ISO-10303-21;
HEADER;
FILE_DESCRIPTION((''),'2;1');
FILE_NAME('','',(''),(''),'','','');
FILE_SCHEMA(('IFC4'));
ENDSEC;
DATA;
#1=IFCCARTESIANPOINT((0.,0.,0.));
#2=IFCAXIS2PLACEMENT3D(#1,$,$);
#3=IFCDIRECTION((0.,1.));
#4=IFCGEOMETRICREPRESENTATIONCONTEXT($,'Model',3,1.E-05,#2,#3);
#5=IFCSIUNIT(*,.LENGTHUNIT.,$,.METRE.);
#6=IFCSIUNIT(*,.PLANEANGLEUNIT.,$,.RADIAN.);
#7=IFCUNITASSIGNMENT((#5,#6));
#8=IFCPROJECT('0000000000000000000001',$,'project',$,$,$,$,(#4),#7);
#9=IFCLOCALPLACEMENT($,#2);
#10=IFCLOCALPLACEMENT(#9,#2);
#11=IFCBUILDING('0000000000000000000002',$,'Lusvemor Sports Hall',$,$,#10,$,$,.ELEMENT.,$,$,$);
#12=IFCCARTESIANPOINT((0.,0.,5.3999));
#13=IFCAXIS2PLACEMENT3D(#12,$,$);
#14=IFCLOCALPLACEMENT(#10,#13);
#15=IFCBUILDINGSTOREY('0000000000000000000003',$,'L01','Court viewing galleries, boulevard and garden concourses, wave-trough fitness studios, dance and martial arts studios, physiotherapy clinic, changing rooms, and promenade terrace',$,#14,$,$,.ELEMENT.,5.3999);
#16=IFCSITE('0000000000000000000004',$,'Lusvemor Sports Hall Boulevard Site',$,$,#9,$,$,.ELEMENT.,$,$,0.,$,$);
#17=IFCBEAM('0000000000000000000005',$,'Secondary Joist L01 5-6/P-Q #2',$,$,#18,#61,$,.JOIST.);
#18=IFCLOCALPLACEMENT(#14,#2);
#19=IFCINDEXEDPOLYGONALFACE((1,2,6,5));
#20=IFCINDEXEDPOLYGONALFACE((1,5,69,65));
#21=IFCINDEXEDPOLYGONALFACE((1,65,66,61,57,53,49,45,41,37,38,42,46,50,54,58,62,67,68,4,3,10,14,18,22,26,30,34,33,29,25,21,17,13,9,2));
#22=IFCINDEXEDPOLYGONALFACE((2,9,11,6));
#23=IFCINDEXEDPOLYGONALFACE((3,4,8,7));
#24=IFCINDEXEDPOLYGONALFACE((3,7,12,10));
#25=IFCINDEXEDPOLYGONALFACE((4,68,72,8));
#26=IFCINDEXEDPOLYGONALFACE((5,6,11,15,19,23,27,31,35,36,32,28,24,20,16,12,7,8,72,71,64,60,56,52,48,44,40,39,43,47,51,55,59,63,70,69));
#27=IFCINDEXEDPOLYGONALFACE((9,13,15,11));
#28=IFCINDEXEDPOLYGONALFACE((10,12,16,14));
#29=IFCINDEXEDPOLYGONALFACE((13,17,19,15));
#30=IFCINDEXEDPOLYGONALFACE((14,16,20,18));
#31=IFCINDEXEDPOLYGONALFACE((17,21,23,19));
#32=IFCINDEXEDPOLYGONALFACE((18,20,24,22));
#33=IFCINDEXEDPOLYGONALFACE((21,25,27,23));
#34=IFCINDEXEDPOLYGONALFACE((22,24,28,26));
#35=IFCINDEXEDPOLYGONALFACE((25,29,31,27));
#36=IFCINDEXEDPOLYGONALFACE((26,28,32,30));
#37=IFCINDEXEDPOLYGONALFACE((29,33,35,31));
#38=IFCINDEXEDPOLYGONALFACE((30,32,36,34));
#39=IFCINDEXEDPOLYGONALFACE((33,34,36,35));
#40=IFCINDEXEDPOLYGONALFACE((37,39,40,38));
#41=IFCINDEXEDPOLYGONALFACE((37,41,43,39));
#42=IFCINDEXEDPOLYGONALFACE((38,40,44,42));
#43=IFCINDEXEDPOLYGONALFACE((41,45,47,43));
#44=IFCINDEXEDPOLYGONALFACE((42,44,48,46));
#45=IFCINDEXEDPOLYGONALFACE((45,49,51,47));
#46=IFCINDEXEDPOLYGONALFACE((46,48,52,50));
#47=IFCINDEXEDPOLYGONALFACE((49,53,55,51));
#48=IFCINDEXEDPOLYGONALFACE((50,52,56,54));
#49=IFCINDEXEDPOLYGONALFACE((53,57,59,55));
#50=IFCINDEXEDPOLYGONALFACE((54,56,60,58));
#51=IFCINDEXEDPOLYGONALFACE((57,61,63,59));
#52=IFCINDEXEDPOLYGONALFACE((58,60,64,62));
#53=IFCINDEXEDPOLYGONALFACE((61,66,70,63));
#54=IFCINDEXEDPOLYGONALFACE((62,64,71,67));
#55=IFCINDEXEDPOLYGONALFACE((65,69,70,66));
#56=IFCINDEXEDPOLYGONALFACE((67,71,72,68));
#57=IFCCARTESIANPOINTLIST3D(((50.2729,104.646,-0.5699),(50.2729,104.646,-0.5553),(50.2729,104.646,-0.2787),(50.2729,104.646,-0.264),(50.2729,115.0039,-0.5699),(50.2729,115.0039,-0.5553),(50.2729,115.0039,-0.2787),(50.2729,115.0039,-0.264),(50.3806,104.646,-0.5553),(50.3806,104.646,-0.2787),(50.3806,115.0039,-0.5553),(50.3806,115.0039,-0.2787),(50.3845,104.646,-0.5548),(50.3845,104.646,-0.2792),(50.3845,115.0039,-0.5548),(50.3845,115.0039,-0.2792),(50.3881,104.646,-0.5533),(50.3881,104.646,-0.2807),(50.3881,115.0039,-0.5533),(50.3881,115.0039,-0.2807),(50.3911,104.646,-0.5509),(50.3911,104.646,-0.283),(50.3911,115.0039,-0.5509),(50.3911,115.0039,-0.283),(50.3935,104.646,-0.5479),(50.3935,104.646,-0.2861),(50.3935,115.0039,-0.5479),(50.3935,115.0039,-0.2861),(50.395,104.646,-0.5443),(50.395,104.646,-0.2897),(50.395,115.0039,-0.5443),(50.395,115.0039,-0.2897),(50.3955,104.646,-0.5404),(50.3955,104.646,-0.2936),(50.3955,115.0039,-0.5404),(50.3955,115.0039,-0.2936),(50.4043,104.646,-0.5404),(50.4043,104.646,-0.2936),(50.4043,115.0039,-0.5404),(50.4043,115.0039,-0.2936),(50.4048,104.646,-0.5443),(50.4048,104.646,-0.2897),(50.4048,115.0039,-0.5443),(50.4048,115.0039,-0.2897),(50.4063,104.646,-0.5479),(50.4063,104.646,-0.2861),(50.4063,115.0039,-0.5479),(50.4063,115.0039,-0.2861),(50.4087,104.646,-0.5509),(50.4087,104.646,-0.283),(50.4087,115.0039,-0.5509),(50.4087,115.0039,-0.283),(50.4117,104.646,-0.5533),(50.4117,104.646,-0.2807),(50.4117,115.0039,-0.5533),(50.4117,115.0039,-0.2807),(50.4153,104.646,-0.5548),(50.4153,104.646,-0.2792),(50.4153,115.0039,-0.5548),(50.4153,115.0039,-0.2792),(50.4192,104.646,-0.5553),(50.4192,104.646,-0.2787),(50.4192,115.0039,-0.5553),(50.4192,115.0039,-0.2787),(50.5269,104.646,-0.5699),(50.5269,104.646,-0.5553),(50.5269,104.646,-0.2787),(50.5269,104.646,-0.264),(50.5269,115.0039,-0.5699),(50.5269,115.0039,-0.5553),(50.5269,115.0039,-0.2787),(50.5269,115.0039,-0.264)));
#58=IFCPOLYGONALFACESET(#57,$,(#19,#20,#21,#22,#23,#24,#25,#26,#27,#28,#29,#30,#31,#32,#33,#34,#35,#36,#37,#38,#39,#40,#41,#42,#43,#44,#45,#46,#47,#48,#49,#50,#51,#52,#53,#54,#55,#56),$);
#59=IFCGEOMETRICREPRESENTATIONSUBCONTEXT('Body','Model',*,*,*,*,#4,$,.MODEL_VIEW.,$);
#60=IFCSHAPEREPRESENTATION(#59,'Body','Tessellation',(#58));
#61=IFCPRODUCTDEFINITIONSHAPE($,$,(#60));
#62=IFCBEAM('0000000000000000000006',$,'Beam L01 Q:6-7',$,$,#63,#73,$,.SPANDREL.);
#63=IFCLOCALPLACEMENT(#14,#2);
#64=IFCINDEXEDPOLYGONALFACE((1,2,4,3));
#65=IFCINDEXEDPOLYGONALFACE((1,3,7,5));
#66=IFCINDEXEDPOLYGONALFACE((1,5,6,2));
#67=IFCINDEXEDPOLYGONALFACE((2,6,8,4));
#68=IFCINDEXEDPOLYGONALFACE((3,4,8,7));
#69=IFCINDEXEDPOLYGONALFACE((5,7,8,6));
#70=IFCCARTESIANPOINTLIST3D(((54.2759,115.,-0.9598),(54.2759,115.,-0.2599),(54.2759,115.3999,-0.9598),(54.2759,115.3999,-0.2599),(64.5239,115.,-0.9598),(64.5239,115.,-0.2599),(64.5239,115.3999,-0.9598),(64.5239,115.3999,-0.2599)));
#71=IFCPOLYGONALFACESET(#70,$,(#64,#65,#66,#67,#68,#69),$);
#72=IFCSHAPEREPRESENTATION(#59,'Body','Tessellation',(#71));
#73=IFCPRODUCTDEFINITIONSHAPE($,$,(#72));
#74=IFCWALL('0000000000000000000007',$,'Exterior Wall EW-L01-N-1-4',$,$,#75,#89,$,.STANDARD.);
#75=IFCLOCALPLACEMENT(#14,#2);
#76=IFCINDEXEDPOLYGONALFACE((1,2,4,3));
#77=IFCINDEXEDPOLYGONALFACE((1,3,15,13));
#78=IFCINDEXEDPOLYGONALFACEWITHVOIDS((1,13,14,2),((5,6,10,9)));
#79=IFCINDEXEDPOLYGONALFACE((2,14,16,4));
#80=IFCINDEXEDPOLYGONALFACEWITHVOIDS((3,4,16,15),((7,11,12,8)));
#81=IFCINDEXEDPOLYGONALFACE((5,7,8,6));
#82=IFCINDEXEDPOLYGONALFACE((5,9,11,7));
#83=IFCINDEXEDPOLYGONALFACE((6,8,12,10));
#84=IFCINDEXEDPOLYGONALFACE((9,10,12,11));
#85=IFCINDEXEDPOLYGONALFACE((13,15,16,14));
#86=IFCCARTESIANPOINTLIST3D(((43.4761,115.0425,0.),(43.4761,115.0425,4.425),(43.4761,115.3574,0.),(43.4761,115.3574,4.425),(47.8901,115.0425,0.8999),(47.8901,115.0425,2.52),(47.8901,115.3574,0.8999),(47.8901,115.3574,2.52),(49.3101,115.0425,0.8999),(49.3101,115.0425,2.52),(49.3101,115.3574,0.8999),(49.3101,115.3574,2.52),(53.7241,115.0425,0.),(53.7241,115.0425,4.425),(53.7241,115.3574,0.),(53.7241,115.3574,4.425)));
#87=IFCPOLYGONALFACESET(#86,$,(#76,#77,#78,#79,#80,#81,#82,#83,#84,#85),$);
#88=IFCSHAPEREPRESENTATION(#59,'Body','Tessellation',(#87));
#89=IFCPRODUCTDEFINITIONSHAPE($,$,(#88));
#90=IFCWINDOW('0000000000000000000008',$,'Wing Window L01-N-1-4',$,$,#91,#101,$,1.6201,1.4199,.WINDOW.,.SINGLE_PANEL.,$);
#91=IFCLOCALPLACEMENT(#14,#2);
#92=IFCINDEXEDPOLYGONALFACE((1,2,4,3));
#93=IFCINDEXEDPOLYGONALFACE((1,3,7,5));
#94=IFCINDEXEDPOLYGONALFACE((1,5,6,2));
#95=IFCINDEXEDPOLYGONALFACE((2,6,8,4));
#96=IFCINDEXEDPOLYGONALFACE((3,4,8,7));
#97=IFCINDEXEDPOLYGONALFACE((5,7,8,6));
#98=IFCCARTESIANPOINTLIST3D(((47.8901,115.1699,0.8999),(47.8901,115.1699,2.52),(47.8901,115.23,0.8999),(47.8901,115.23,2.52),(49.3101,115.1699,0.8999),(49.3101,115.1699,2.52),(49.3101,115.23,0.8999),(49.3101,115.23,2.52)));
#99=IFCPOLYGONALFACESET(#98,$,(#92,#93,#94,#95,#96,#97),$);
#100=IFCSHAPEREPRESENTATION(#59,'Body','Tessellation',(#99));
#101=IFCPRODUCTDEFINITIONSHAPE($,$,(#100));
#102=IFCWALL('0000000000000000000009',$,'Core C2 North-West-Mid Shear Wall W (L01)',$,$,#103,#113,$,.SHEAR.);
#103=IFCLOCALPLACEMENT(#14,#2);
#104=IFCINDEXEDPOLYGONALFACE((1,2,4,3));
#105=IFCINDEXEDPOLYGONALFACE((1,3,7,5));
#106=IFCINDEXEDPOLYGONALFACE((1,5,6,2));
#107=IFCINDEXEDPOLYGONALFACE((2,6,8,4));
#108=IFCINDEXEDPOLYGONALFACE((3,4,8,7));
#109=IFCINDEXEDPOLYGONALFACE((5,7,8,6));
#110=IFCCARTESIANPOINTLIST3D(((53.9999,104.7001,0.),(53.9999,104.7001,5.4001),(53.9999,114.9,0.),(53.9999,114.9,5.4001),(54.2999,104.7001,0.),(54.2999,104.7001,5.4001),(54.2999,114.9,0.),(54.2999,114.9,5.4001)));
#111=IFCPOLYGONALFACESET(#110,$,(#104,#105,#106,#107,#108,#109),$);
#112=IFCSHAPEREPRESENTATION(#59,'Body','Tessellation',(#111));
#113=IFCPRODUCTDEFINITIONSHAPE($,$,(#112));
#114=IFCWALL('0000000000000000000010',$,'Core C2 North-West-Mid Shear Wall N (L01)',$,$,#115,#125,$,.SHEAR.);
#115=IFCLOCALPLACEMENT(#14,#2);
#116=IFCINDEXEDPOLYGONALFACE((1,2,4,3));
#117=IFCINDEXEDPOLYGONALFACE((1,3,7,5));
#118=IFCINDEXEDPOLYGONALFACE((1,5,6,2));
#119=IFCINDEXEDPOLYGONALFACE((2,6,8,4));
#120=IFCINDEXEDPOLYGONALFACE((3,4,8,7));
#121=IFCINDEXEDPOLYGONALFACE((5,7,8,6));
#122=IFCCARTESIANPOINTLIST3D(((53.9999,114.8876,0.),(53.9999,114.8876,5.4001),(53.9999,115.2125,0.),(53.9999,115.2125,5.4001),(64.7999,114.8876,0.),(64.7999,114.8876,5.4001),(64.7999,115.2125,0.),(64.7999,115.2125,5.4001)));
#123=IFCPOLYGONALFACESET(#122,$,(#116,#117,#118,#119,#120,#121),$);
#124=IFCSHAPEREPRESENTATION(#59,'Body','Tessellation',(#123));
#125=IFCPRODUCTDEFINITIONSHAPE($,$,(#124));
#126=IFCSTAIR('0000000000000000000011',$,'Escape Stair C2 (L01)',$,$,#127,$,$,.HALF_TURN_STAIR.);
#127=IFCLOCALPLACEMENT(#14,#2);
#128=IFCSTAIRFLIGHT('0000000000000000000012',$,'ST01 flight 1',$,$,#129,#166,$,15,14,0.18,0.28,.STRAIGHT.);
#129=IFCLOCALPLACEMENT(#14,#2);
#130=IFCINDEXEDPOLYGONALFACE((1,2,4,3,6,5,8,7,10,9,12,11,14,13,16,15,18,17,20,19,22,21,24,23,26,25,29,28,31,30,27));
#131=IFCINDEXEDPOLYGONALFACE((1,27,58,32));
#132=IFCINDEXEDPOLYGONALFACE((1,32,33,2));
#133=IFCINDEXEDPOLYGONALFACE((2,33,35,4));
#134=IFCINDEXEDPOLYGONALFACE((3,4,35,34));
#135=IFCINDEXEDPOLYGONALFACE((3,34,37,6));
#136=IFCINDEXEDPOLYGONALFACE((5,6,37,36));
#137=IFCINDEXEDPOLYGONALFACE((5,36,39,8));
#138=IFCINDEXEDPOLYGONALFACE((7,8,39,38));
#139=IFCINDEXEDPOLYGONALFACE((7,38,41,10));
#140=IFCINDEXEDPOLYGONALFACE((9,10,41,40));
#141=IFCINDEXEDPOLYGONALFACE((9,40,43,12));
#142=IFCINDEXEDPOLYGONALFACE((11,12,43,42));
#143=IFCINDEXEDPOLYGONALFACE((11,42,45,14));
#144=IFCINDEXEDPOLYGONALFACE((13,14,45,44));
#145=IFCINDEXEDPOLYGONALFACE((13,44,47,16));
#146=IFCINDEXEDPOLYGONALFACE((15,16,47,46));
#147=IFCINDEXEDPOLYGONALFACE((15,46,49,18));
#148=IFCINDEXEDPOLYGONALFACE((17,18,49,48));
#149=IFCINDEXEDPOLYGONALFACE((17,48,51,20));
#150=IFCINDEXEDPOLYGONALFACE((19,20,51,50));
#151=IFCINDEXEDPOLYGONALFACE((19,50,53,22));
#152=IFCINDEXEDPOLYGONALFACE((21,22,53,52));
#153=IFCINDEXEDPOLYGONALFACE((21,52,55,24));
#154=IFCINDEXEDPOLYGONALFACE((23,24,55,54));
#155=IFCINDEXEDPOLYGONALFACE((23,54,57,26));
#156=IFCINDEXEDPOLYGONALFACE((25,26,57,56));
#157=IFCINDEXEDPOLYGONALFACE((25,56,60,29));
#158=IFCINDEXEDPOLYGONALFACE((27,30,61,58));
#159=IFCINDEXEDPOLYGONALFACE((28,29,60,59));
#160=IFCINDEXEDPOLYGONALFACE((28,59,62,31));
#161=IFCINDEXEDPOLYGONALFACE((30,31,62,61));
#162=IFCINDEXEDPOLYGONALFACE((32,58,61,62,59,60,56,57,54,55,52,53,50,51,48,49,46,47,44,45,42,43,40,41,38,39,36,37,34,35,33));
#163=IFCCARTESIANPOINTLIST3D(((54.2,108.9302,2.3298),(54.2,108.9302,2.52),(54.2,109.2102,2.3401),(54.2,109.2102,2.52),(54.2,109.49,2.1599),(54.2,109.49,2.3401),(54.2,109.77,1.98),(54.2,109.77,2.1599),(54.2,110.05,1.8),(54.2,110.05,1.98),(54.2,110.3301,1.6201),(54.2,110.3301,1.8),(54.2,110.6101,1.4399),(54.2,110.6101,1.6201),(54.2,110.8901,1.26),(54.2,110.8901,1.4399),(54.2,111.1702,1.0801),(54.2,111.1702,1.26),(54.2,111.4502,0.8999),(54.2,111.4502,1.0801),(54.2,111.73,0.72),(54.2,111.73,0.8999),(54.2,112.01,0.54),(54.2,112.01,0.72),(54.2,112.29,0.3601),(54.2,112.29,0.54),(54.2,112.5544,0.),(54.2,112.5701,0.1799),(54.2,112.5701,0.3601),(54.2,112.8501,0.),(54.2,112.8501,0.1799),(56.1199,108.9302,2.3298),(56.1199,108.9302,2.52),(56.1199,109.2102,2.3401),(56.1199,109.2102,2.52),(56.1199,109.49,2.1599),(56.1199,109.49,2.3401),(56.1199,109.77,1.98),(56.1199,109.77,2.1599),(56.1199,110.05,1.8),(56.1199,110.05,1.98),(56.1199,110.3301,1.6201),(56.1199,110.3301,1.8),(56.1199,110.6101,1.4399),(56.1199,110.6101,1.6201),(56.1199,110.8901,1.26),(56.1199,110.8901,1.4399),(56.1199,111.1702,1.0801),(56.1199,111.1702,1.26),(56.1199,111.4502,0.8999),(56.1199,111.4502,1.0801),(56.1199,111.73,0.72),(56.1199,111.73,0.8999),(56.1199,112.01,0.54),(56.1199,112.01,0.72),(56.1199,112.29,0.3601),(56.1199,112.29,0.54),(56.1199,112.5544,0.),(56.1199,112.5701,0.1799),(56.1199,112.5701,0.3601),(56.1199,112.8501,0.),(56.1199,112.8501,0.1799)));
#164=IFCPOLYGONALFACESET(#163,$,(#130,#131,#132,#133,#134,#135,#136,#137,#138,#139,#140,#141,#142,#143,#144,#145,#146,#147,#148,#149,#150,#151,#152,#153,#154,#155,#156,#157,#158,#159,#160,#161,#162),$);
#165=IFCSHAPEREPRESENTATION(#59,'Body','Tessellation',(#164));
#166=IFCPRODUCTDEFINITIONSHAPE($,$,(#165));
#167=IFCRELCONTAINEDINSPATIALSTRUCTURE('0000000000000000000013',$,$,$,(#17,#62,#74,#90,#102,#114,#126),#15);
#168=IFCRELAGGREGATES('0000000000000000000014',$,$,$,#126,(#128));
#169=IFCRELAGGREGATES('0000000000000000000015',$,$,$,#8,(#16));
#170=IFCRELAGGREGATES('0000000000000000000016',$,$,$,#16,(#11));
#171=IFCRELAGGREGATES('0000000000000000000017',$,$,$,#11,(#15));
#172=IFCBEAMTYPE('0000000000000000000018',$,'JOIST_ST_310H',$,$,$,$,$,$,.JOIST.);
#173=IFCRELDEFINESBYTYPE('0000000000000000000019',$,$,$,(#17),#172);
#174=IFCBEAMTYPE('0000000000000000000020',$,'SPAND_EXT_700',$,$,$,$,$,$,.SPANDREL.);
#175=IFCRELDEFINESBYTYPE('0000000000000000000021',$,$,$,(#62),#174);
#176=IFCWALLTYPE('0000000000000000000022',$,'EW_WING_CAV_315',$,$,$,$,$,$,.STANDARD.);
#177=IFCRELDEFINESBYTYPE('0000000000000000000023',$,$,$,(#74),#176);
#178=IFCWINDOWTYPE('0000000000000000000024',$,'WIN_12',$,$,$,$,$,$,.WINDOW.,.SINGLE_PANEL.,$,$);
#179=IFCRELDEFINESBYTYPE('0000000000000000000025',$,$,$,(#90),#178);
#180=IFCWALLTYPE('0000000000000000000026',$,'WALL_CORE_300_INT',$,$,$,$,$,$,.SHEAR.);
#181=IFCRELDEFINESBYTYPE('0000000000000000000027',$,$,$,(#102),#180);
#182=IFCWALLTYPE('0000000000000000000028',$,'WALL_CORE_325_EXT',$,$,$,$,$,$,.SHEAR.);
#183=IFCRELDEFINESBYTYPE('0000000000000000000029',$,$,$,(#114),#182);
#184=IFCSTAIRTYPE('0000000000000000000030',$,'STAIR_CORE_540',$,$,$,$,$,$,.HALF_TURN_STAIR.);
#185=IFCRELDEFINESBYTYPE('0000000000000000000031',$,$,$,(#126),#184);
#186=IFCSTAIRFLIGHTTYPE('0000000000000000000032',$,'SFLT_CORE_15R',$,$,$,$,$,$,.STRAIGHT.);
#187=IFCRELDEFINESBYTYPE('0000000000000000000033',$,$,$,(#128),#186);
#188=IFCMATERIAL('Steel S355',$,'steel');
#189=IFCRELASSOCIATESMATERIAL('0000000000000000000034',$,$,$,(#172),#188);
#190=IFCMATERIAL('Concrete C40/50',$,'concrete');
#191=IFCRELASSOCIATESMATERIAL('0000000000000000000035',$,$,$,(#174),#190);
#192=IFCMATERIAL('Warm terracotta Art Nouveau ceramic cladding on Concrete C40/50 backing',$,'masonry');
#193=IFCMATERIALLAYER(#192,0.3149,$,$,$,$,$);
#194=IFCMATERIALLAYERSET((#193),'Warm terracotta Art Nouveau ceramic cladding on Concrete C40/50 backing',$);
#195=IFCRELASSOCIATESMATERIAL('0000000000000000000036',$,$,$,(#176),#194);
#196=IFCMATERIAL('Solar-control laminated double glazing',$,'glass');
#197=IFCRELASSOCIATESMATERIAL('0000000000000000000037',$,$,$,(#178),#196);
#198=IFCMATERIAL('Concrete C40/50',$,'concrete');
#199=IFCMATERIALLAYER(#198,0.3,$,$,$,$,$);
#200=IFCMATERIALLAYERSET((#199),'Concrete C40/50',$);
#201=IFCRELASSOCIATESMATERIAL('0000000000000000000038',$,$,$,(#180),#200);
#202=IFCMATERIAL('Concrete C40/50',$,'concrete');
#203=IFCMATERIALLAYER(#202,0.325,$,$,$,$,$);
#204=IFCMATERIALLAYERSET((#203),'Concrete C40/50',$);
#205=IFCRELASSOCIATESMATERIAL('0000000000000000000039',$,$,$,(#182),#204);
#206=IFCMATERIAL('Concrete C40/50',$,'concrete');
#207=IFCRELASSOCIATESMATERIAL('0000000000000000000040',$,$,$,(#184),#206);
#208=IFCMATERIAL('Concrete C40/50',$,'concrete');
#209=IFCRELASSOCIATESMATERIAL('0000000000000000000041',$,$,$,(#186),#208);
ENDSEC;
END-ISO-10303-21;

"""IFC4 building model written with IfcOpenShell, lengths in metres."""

from ifc_helpers import new_model, si_unit, direction, frame, frame_2d, origin, origin_2d, place, context, subcontext, project, spatial, polyline, rectangle, i_section, outline, extrude, material, layer, layer_set, material_profile, profile_set, type_object, element, fill, aggregate, save


model = new_model("IFC4")

# Units and contexts
model_context = context("Model", 3, precision=1e-05, world=origin(), true_north=direction((0.0, 1.0)))
body_context = subcontext(model_context, "Body", "Model", "MODEL_VIEW")
ifc_project = project(units=[si_unit("LENGTHUNIT", "METRE"), si_unit("PLANEANGLEUNIT", "RADIAN")], contexts=[model_context])

# Site, building, storey
site_placement = place(None, origin())
site = spatial("IfcSite", under=ifc_project, at=site_placement, Name="Lusvemor Sports Hall Boulevard Site", CompositionType="ELEMENT", RefElevation=0.0)
building_placement = place(site_placement, origin())
building = spatial("IfcBuilding", under=site, at=building_placement, Name="Lusvemor Sports Hall", CompositionType="ELEMENT")
storey_placement = place(building_placement, frame((0.0, 0.0, 5.3999)))
storey = spatial("IfcBuildingStorey", under=building, at=storey_placement, Name="L01", Description="Court viewing galleries, boulevard and garden concourses, wave-trough fitness studios, dance and martial arts studios, physiotherapy clinic, changing rooms, and promenade terrace", CompositionType="ELEMENT", Elevation=5.3999)

# Beams
ifc_material_1 = material(Name="Steel S355", Category="steel")
ifc_material_profile_1 = material_profile(ifc_material_1, i_section(OverallWidth=0.2539, OverallDepth=0.3059, WebThickness=0.0088, FlangeThickness=0.0146, FilletRadius=0.0149, at=origin_2d()), Name="W310x79.0")
ifc_profile_set_1 = profile_set([ifc_material_profile_1], Name="Steel S355")
beam_type_1 = type_object("IfcBeamType", Name="JOIST_ST_310H", PredefinedType="JOIST", material=ifc_profile_set_1)
for number, where, z_axis, x_axis, name in (
    (1, (50.3999, 104.646, -0.417), (0.0, 1.0, 0.0), (-1.0, 0.0, 0.0), "Secondary Joist L01 5-6/P-Q #2"),
):
    element("IfcBeam", number, at=place(storey_placement, frame(where, z_axis=z_axis, x_axis=x_axis)), inside=storey, type_object=beam_type_1, Name=name, PredefinedType="JOIST", context=body_context, shape_type="SweptSolid", body=[
        extrude(i_section(OverallWidth=0.2539, OverallDepth=0.3059, WebThickness=0.0088, FlangeThickness=0.0146, FilletRadius=0.0149, at=origin_2d()), origin(), (0.0, 0.0, 1.0), 10.3579),
    ])
ifc_material_2 = material(Name="Concrete C40/50", Category="concrete")
ifc_material_profile_2 = material_profile(ifc_material_2, rectangle(XDim=0.3999, YDim=0.7, at=origin_2d()), Name="RC400x700")
ifc_profile_set_2 = profile_set([ifc_material_profile_2], Name="Concrete C40/50")
beam_type_2 = type_object("IfcBeamType", Name="SPAND_EXT_700", PredefinedType="SPANDREL", material=ifc_profile_set_2)
beam_1_placement = place(storey_placement, frame((54.2759, 115.2, -0.6099), z_axis=(1.0, 0.0, 0.0), x_axis=(0.0, 1.0, 0.0)))
element("IfcBeam", 2, at=beam_1_placement, inside=storey, type_object=beam_type_2, Name="Beam L01 Q:6-7", PredefinedType="SPANDREL", context=body_context, shape_type="SweptSolid", body=[
    extrude(rectangle(XDim=0.3999, YDim=0.7, at=origin_2d()), origin(), (0.0, 0.0, 1.0), 10.248),
])

# Wall, opening, window
ifc_material_3 = material(Name="Warm terracotta Art Nouveau ceramic cladding on Concrete C40/50 backing", Category="masonry")
ifc_layer_1 = layer(ifc_material_3, 0.3149)
ifc_layer_set_1 = layer_set([ifc_layer_1], Name="Warm terracotta Art Nouveau ceramic cladding on Concrete C40/50 backing")
wall_type_1 = type_object("IfcWallType", Name="EW_WING_CAV_315", PredefinedType="STANDARD", material=ifc_layer_set_1)
wall_1_placement = place(storey_placement, frame((43.4761, 115.2, 0.0), z_axis=(0.0, 0.0, 1.0), x_axis=(1.0, 0.0, 0.0)))
wall_1 = element("IfcWall", 3, at=wall_1_placement, inside=storey, type_object=wall_type_1, Name="Exterior Wall EW-L01-N-1-4", PredefinedType="STANDARD", context=body_context, shape_type="SweptSolid", body=[
    extrude(rectangle(XDim=10.248, YDim=0.3149, at=frame_2d((5.124, 0.0))), origin(), (0.0, 0.0, 1.0), 4.425),
])
opening_placement = place(wall_1_placement, frame((4.4141, 0.0, 0.8999)))
opening = element("IfcOpeningElement", 4, at=opening_placement, cuts=wall_1, PredefinedType="OPENING", context=body_context, shape_type="SweptSolid", body=[
    extrude(rectangle(XDim=1.4199, YDim=1.6201, at=frame_2d((0.71, 0.8101))), frame((0.0, 0.1575, 0.0), z_axis=(0.0, -1.0, 0.0), x_axis=(1.0, 0.0, 0.0)), (0.0, 0.0, 1.0), 0.3149),
])
ifc_material_4 = material(Name="Solar-control laminated double glazing", Category="glass")
window_type = type_object("IfcWindowType", Name="WIN_12", PartitioningType="SINGLE_PANEL", PredefinedType="WINDOW", material=ifc_material_4)
window_placement = place(opening_placement, origin())
window = element("IfcWindow", 5, at=window_placement, inside=storey, type_object=window_type, Name="Wing Window L01-N-1-4", OverallHeight=1.6201, OverallWidth=1.4199, PartitioningType="SINGLE_PANEL", PredefinedType="WINDOW", context=body_context, shape_type="SweptSolid", body=[
    extrude(rectangle(XDim=1.4199, YDim=1.6201, at=frame_2d((0.71, 0.8101))), frame((0.0, 0.03, 0.0), z_axis=(0.0, -1.0, 0.0), x_axis=(1.0, 0.0, 0.0)), (0.0, 0.0, 1.0), 0.0601),
])
fill(opening, window)

# Walls
ifc_material_5 = material(Name="Concrete C40/50", Category="concrete")
ifc_layer_2 = layer(ifc_material_5, 0.3)
ifc_layer_set_2 = layer_set([ifc_layer_2], Name="Concrete C40/50")
wall_type_2 = type_object("IfcWallType", Name="WALL_CORE_300_INT", PredefinedType="SHEAR", material=ifc_layer_set_2)
wall_2_placement = place(storey_placement, frame((54.1499, 104.7, 0.0), z_axis=(0.0, 0.0, 1.0), x_axis=(0.0, 1.0, 0.0)))
element("IfcWall", 6, at=wall_2_placement, inside=storey, type_object=wall_type_2, Name="Core C2 North-West-Mid Shear Wall W (L01)", PredefinedType="SHEAR", context=body_context, shape_type="SweptSolid", body=[
    extrude(rectangle(XDim=10.2, YDim=0.3, at=frame_2d((5.1001, 0.0))), origin(), (0.0, 0.0, 1.0), 5.4001),
])
ifc_material_6 = material(Name="Concrete C40/50", Category="concrete")
ifc_layer_3 = layer(ifc_material_6, 0.325)
ifc_layer_set_3 = layer_set([ifc_layer_3], Name="Concrete C40/50")
wall_type_3 = type_object("IfcWallType", Name="WALL_CORE_325_EXT", PredefinedType="SHEAR", material=ifc_layer_set_3)
wall_3_placement = place(storey_placement, frame((54.0, 115.05, 0.0), z_axis=(0.0, 0.0, 1.0), x_axis=(1.0, 0.0, 0.0)))
element("IfcWall", 7, at=wall_3_placement, inside=storey, type_object=wall_type_3, Name="Core C2 North-West-Mid Shear Wall N (L01)", PredefinedType="SHEAR", context=body_context, shape_type="SweptSolid", body=[
    extrude(rectangle(XDim=10.8, YDim=0.325, at=frame_2d((5.3999, 0.0))), origin(), (0.0, 0.0, 1.0), 5.4001),
])

# Stair, stair flight
ifc_material_7 = material(Name="Concrete C40/50", Category="concrete")
stair_type = type_object("IfcStairType", Name="STAIR_CORE_540", PredefinedType="HALF_TURN_STAIR", material=ifc_material_7)
stair_placement = place(storey_placement, origin())
stair = element("IfcStair", 8, at=stair_placement, inside=storey, type_object=stair_type, Name="Escape Stair C2 (L01)", PredefinedType="HALF_TURN_STAIR")
ifc_material_8 = material(Name="Concrete C40/50", Category="concrete")
stair_flight_type = type_object("IfcStairFlightType", Name="SFLT_CORE_15R", PredefinedType="STRAIGHT", material=ifc_material_8)
stair_flight_placement = place(storey_placement, frame((55.1599, 112.8501, 0.0), z_axis=(0.0, 0.0, 1.0), x_axis=(0.0, -1.0, 0.0)))
stair_flight = element("IfcStairFlight", 9, at=stair_flight_placement, type_object=stair_flight_type, Name="ST01 flight 1", NumberOfRisers=15, NumberOfTreads=14, PredefinedType="STRAIGHT", RiserHeight=0.18, TreadLength=0.28, context=body_context, shape_type="SweptSolid", body=[
    extrude(outline(polyline([(0.0, 0.0), (0.0, 0.1799), (0.28, 0.1799), (0.28, 0.3601), (0.5601, 0.3601), (0.5601, 0.54), (0.8401, 0.54), (0.8401, 0.72), (1.1201, 0.72), (1.1201, 0.8999), (1.3999, 0.8999), (1.3999, 1.0801), (1.6799, 1.0801), (1.6799, 1.26), (1.96, 1.26), (1.96, 1.4399), (2.24, 1.4399), (2.24, 1.6201), (2.52, 1.6201), (2.52, 1.8), (2.8, 1.8), (2.8, 1.98), (3.0801, 1.98), (3.0801, 2.1599), (3.3601, 2.1599), (3.3601, 2.3401), (3.6399, 2.3401), (3.6399, 2.52), (3.9199, 2.52), (3.9199, 2.7), (3.9199, 2.3298), (0.2957, 0.0), (0.0, 0.0)])), frame((0.0, 0.96, 0.0), z_axis=(0.0, -1.0, 0.0), x_axis=(1.0, 0.0, 0.0)), (0.0, 0.0, 1.0), 1.9199),
])
aggregate(stair, [stair_flight])

save(model, "model.ifc")
